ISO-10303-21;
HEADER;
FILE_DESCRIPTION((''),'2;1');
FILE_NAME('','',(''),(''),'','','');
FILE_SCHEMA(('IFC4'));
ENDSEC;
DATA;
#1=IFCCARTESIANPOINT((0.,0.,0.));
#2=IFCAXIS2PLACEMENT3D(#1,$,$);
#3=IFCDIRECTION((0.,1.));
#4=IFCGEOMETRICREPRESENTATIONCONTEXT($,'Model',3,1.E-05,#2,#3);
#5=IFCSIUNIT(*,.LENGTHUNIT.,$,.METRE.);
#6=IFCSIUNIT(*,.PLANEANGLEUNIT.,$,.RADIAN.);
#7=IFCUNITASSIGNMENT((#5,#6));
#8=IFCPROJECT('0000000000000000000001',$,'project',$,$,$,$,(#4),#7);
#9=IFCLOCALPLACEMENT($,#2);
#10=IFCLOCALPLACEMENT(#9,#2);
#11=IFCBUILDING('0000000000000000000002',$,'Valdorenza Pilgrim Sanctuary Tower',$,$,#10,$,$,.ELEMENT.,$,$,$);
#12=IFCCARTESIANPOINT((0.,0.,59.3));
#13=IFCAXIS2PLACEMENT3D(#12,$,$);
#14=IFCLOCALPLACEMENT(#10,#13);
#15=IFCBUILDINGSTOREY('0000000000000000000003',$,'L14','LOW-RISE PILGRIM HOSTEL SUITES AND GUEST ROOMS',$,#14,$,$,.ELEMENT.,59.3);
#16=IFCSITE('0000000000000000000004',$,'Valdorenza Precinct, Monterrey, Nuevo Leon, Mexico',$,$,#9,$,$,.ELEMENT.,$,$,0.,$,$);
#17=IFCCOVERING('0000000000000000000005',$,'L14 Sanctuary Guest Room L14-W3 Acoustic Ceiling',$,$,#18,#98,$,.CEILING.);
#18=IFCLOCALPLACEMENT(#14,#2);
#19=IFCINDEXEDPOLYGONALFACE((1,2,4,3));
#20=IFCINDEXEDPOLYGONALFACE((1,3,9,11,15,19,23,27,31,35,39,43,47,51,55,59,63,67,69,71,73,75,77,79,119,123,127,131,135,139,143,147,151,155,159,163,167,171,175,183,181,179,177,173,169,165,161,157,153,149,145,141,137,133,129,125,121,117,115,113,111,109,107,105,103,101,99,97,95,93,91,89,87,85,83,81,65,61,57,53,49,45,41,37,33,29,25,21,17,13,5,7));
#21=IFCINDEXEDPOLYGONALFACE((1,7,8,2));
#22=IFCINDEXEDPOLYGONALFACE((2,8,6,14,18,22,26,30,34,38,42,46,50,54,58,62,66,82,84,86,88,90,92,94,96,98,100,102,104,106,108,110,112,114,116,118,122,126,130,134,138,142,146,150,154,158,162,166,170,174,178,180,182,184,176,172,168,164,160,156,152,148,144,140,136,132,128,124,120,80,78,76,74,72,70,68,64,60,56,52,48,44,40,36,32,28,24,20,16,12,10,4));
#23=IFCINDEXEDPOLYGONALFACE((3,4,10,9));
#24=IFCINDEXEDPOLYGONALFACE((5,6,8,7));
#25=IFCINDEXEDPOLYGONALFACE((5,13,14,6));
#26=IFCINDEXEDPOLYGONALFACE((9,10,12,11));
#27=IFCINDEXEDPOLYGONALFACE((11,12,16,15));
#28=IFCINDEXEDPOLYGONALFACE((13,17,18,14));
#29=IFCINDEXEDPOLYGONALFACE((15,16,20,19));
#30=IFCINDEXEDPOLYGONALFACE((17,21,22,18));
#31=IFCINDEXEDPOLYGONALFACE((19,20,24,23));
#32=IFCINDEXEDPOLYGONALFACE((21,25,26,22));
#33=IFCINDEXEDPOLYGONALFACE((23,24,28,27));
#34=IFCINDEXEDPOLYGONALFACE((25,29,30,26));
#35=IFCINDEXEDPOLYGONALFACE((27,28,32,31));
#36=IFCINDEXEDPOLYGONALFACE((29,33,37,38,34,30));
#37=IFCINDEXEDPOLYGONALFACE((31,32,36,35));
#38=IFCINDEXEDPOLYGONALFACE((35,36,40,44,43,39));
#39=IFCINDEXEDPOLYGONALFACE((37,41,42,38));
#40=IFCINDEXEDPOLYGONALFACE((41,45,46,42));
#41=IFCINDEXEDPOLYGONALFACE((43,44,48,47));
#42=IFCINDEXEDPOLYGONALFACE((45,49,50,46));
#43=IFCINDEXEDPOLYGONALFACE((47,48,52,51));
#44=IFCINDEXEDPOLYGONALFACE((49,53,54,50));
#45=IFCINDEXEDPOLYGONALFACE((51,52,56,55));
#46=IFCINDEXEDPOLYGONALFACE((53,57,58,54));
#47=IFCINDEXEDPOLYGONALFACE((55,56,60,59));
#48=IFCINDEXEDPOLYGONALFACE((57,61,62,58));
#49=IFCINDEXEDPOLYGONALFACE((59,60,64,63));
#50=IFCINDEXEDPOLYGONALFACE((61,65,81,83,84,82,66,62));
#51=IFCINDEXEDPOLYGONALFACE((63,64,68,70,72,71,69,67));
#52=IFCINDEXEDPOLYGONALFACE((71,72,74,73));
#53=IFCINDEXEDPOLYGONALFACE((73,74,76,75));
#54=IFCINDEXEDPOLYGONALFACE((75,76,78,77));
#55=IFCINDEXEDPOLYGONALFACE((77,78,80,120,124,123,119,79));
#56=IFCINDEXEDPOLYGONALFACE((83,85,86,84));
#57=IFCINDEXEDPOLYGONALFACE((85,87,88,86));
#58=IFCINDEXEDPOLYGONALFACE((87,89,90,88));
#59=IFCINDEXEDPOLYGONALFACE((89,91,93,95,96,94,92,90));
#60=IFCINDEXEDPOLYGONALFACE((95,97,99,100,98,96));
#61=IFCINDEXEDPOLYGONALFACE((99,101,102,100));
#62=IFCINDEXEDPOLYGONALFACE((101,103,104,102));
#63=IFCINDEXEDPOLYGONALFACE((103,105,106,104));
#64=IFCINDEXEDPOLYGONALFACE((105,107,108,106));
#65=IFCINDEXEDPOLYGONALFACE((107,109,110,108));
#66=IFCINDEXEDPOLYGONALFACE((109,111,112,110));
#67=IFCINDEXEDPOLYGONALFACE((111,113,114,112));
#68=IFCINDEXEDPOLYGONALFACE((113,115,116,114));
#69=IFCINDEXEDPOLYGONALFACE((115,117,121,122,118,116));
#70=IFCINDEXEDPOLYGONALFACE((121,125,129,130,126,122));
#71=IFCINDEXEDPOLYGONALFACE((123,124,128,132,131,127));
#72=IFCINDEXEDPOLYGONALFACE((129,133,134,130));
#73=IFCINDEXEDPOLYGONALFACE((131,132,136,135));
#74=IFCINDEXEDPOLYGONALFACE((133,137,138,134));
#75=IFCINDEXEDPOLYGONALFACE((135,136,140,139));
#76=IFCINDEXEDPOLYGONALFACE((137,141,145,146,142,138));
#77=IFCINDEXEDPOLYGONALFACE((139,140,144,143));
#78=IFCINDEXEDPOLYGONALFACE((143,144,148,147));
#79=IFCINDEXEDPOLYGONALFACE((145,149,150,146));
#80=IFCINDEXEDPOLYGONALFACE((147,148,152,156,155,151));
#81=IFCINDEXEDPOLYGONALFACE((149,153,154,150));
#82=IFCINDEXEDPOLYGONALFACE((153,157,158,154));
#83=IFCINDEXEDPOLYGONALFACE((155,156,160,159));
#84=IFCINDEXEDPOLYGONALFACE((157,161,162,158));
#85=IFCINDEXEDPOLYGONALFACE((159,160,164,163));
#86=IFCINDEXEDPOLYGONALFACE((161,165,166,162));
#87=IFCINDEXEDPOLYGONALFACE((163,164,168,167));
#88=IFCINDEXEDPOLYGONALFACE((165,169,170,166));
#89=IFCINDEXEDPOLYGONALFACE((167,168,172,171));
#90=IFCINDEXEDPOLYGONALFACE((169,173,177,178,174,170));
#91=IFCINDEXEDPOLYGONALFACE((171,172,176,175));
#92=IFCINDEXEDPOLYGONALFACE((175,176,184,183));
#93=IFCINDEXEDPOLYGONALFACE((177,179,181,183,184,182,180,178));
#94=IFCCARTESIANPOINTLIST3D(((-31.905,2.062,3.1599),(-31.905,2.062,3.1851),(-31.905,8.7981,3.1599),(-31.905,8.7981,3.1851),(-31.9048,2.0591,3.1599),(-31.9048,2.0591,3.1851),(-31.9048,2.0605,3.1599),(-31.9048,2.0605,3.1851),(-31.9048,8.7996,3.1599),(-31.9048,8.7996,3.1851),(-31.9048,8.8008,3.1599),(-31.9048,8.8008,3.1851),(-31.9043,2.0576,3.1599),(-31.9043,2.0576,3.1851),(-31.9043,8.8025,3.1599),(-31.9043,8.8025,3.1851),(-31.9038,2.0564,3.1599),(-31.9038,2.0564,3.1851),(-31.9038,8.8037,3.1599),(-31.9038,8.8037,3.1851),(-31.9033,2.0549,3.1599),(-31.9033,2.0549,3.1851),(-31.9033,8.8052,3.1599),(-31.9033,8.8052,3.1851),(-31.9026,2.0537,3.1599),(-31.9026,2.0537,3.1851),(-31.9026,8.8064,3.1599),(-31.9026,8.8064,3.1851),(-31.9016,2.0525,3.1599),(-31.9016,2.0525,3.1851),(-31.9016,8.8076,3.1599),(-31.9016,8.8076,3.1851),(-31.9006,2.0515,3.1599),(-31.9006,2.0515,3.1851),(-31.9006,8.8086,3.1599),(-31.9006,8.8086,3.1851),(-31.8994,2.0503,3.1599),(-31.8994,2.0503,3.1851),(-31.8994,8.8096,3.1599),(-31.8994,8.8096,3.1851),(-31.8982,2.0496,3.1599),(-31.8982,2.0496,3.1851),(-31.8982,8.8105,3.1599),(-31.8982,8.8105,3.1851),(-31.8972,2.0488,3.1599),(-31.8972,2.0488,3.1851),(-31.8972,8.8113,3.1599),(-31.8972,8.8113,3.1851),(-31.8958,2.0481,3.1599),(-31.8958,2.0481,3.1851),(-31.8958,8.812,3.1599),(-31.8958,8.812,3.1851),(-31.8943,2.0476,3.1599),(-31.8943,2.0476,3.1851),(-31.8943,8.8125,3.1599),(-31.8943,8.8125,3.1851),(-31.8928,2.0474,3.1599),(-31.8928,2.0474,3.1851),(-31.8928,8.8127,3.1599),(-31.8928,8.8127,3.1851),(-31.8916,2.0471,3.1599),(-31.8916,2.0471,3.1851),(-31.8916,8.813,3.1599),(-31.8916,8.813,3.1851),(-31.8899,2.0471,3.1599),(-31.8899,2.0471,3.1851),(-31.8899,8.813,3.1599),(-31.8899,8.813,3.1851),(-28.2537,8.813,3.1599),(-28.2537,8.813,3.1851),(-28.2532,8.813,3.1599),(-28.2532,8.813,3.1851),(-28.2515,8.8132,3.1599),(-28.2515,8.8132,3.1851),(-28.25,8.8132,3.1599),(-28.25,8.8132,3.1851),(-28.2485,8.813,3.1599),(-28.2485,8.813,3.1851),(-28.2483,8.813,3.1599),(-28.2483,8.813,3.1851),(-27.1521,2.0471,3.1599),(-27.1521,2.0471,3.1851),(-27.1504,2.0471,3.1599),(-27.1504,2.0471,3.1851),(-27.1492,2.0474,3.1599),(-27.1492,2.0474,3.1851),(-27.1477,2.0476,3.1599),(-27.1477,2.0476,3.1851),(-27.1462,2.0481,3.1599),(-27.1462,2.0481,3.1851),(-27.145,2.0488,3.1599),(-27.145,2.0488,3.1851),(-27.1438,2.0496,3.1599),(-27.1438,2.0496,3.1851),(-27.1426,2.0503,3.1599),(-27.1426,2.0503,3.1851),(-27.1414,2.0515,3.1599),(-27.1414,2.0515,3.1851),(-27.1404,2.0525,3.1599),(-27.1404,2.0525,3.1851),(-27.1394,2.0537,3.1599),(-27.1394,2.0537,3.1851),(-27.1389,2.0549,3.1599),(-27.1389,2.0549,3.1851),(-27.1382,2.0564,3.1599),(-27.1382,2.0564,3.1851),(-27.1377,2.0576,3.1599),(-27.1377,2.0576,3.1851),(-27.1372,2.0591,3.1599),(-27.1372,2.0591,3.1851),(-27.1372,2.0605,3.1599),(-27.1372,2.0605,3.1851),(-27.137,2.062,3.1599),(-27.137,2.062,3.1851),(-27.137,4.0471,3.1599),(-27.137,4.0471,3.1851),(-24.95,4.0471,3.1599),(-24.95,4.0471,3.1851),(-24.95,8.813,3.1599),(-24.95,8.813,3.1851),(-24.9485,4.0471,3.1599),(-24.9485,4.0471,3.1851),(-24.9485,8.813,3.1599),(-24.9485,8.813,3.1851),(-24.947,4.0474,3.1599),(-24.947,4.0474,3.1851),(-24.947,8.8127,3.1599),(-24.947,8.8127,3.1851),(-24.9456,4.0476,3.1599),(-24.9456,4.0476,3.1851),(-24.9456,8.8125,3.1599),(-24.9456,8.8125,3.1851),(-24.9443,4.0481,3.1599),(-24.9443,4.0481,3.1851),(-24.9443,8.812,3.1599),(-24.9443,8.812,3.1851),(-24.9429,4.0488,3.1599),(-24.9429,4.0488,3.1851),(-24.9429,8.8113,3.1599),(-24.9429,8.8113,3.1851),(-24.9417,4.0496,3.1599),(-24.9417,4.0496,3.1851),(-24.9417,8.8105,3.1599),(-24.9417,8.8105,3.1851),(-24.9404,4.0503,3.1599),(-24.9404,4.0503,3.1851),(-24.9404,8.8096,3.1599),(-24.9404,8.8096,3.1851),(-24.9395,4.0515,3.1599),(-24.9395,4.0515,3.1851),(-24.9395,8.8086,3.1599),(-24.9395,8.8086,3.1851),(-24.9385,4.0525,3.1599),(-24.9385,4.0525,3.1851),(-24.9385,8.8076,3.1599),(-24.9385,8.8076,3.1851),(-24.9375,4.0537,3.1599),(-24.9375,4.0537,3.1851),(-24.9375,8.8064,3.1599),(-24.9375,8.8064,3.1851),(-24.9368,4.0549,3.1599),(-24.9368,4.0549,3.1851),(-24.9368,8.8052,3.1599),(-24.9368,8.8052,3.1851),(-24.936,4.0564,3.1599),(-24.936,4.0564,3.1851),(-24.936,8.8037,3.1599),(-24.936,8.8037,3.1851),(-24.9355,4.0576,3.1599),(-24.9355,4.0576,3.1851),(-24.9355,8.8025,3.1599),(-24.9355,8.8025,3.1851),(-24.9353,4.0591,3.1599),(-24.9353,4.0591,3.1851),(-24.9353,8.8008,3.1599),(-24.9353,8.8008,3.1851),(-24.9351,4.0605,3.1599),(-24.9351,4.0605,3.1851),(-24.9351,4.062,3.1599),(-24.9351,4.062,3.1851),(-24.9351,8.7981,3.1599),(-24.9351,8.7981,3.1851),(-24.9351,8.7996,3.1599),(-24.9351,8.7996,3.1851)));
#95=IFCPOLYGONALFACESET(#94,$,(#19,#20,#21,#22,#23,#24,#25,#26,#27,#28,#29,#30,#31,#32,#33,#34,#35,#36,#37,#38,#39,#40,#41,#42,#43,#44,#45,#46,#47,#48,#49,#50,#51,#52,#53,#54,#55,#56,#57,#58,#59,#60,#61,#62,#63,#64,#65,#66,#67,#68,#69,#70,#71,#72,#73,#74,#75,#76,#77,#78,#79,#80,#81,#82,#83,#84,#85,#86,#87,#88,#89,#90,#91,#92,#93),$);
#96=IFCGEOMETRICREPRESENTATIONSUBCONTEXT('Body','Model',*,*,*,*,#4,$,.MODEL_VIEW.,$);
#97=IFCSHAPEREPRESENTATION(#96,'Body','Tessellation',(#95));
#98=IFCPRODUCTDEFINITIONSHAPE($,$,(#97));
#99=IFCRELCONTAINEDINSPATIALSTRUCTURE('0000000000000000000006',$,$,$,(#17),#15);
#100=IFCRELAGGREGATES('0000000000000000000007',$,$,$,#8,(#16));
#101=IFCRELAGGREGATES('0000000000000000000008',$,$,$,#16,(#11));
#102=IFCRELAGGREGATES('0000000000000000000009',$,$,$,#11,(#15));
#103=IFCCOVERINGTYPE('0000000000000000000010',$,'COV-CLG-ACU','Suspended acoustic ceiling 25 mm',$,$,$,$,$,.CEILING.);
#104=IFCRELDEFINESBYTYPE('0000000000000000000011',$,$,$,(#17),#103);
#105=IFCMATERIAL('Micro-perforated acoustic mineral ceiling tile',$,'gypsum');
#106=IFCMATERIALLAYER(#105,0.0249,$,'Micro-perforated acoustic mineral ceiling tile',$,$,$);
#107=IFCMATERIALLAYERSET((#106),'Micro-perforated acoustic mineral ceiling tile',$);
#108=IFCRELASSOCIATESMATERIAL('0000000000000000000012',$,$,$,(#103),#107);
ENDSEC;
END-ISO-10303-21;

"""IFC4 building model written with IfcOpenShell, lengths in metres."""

from ifc_helpers import new_model, si_unit, direction, frame, origin, place, context, subcontext, project, spatial, polyline, outline, extrude, material, layer, layer_set, type_object, element, save


model = new_model("IFC4")

# Units and contexts
model_context = context("Model", 3, precision=1e-05, world=origin(), true_north=direction((0.0, 1.0)))
body_context = subcontext(model_context, "Body", "Model", "MODEL_VIEW")
ifc_project = project(units=[si_unit("LENGTHUNIT", "METRE"), si_unit("PLANEANGLEUNIT", "RADIAN")], contexts=[model_context])

# Site, building, storey
site_placement = place(None, origin())
site = spatial("IfcSite", under=ifc_project, at=site_placement, Name="Valdorenza Precinct, Monterrey, Nuevo Leon, Mexico", CompositionType="ELEMENT", RefElevation=0.0)
building_placement = place(site_placement, origin())
building = spatial("IfcBuilding", under=site, at=building_placement, Name="Valdorenza Pilgrim Sanctuary Tower", CompositionType="ELEMENT")
storey_placement = place(building_placement, frame((0.0, 0.0, 59.3)))
storey = spatial("IfcBuildingStorey", under=building, at=storey_placement, Name="L14", Description="LOW-RISE PILGRIM HOSTEL SUITES AND GUEST ROOMS", CompositionType="ELEMENT", Elevation=59.3)

# Covering
ifc_material_1 = material(Name="Micro-perforated acoustic mineral ceiling tile", Category="gypsum")
ifc_layer_1 = layer(ifc_material_1, 0.0249, Name="Micro-perforated acoustic mineral ceiling tile")
ifc_layer_set_1 = layer_set([ifc_layer_1], Name="Micro-perforated acoustic mineral ceiling tile")
covering_type_1 = type_object("IfcCoveringType", Name="COV-CLG-ACU", Description="Suspended acoustic ceiling 25 mm", PredefinedType="CEILING", material=ifc_layer_set_1)
covering_1_placement = place(storey_placement, frame((0.0, 0.0, 3.1599)))
element("IfcCovering", 1, at=covering_1_placement, inside=storey, type_object=covering_type_1, Name="L14 Sanctuary Guest Room L14-W3 Acoustic Ceiling", PredefinedType="CEILING", context=body_context, shape_type="SweptSolid", body=[
    extrude(outline(polyline([(-28.2537, 8.813), (-28.2532, 8.813), (-28.2515, 8.8132), (-28.25, 8.8132), (-28.2485, 8.813), (-28.2483, 8.813), (-24.95, 8.813), (-24.9485, 8.813), (-24.947, 8.8127), (-24.9456, 8.8125), (-24.9443, 8.812), (-24.9429, 8.8113), (-24.9417, 8.8105), (-24.9404, 8.8096), (-24.9395, 8.8086), (-24.9385, 8.8076), (-24.9375, 8.8064), (-24.9368, 8.8052), (-24.936, 8.8037), (-24.9355, 8.8025), (-24.9353, 8.8008), (-24.9351, 8.7996), (-24.9351, 8.7981), (-24.9351, 4.062), (-24.9351, 4.0605), (-24.9353, 4.0591), (-24.9355, 4.0576), (-24.936, 4.0564), (-24.9368, 4.0549), (-24.9375, 4.0537), (-24.9385, 4.0525), (-24.9395, 4.0515), (-24.9404, 4.0503), (-24.9417, 4.0496), (-24.9429, 4.0488), (-24.9443, 4.0481), (-24.9456, 4.0476), (-24.947, 4.0474), (-24.9485, 4.0471), (-24.95, 4.0471), (-27.137, 4.0471), (-27.137, 2.062), (-27.1372, 2.0605), (-27.1372, 2.0591), (-27.1377, 2.0576), (-27.1382, 2.0564), (-27.1389, 2.0549), (-27.1394, 2.0537), (-27.1404, 2.0525), (-27.1414, 2.0515), (-27.1426, 2.0503), (-27.1438, 2.0496), (-27.145, 2.0488), (-27.1462, 2.0481), (-27.1477, 2.0476), (-27.1492, 2.0474), (-27.1504, 2.0471), (-27.1521, 2.0471), (-31.8899, 2.0471), (-31.8916, 2.0471), (-31.8928, 2.0474), (-31.8943, 2.0476), (-31.8958, 2.0481), (-31.8972, 2.0488), (-31.8982, 2.0496), (-31.8994, 2.0503), (-31.9006, 2.0515), (-31.9016, 2.0525), (-31.9026, 2.0537), (-31.9033, 2.0549), (-31.9038, 2.0564), (-31.9043, 2.0576), (-31.9048, 2.0591), (-31.9048, 2.0605), (-31.905, 2.062), (-31.905, 8.7981), (-31.9048, 8.7996), (-31.9048, 8.8008), (-31.9043, 8.8025), (-31.9038, 8.8037), (-31.9033, 8.8052), (-31.9026, 8.8064), (-31.9016, 8.8076), (-31.9006, 8.8086), (-31.8994, 8.8096), (-31.8982, 8.8105), (-31.8972, 8.8113), (-31.8958, 8.812), (-31.8943, 8.8125), (-31.8928, 8.8127), (-31.8916, 8.813), (-31.8899, 8.813), (-28.2537, 8.813)])), origin(), (0.0, 0.0, 1.0), 0.0251),
])

save(model, "model.ifc")
